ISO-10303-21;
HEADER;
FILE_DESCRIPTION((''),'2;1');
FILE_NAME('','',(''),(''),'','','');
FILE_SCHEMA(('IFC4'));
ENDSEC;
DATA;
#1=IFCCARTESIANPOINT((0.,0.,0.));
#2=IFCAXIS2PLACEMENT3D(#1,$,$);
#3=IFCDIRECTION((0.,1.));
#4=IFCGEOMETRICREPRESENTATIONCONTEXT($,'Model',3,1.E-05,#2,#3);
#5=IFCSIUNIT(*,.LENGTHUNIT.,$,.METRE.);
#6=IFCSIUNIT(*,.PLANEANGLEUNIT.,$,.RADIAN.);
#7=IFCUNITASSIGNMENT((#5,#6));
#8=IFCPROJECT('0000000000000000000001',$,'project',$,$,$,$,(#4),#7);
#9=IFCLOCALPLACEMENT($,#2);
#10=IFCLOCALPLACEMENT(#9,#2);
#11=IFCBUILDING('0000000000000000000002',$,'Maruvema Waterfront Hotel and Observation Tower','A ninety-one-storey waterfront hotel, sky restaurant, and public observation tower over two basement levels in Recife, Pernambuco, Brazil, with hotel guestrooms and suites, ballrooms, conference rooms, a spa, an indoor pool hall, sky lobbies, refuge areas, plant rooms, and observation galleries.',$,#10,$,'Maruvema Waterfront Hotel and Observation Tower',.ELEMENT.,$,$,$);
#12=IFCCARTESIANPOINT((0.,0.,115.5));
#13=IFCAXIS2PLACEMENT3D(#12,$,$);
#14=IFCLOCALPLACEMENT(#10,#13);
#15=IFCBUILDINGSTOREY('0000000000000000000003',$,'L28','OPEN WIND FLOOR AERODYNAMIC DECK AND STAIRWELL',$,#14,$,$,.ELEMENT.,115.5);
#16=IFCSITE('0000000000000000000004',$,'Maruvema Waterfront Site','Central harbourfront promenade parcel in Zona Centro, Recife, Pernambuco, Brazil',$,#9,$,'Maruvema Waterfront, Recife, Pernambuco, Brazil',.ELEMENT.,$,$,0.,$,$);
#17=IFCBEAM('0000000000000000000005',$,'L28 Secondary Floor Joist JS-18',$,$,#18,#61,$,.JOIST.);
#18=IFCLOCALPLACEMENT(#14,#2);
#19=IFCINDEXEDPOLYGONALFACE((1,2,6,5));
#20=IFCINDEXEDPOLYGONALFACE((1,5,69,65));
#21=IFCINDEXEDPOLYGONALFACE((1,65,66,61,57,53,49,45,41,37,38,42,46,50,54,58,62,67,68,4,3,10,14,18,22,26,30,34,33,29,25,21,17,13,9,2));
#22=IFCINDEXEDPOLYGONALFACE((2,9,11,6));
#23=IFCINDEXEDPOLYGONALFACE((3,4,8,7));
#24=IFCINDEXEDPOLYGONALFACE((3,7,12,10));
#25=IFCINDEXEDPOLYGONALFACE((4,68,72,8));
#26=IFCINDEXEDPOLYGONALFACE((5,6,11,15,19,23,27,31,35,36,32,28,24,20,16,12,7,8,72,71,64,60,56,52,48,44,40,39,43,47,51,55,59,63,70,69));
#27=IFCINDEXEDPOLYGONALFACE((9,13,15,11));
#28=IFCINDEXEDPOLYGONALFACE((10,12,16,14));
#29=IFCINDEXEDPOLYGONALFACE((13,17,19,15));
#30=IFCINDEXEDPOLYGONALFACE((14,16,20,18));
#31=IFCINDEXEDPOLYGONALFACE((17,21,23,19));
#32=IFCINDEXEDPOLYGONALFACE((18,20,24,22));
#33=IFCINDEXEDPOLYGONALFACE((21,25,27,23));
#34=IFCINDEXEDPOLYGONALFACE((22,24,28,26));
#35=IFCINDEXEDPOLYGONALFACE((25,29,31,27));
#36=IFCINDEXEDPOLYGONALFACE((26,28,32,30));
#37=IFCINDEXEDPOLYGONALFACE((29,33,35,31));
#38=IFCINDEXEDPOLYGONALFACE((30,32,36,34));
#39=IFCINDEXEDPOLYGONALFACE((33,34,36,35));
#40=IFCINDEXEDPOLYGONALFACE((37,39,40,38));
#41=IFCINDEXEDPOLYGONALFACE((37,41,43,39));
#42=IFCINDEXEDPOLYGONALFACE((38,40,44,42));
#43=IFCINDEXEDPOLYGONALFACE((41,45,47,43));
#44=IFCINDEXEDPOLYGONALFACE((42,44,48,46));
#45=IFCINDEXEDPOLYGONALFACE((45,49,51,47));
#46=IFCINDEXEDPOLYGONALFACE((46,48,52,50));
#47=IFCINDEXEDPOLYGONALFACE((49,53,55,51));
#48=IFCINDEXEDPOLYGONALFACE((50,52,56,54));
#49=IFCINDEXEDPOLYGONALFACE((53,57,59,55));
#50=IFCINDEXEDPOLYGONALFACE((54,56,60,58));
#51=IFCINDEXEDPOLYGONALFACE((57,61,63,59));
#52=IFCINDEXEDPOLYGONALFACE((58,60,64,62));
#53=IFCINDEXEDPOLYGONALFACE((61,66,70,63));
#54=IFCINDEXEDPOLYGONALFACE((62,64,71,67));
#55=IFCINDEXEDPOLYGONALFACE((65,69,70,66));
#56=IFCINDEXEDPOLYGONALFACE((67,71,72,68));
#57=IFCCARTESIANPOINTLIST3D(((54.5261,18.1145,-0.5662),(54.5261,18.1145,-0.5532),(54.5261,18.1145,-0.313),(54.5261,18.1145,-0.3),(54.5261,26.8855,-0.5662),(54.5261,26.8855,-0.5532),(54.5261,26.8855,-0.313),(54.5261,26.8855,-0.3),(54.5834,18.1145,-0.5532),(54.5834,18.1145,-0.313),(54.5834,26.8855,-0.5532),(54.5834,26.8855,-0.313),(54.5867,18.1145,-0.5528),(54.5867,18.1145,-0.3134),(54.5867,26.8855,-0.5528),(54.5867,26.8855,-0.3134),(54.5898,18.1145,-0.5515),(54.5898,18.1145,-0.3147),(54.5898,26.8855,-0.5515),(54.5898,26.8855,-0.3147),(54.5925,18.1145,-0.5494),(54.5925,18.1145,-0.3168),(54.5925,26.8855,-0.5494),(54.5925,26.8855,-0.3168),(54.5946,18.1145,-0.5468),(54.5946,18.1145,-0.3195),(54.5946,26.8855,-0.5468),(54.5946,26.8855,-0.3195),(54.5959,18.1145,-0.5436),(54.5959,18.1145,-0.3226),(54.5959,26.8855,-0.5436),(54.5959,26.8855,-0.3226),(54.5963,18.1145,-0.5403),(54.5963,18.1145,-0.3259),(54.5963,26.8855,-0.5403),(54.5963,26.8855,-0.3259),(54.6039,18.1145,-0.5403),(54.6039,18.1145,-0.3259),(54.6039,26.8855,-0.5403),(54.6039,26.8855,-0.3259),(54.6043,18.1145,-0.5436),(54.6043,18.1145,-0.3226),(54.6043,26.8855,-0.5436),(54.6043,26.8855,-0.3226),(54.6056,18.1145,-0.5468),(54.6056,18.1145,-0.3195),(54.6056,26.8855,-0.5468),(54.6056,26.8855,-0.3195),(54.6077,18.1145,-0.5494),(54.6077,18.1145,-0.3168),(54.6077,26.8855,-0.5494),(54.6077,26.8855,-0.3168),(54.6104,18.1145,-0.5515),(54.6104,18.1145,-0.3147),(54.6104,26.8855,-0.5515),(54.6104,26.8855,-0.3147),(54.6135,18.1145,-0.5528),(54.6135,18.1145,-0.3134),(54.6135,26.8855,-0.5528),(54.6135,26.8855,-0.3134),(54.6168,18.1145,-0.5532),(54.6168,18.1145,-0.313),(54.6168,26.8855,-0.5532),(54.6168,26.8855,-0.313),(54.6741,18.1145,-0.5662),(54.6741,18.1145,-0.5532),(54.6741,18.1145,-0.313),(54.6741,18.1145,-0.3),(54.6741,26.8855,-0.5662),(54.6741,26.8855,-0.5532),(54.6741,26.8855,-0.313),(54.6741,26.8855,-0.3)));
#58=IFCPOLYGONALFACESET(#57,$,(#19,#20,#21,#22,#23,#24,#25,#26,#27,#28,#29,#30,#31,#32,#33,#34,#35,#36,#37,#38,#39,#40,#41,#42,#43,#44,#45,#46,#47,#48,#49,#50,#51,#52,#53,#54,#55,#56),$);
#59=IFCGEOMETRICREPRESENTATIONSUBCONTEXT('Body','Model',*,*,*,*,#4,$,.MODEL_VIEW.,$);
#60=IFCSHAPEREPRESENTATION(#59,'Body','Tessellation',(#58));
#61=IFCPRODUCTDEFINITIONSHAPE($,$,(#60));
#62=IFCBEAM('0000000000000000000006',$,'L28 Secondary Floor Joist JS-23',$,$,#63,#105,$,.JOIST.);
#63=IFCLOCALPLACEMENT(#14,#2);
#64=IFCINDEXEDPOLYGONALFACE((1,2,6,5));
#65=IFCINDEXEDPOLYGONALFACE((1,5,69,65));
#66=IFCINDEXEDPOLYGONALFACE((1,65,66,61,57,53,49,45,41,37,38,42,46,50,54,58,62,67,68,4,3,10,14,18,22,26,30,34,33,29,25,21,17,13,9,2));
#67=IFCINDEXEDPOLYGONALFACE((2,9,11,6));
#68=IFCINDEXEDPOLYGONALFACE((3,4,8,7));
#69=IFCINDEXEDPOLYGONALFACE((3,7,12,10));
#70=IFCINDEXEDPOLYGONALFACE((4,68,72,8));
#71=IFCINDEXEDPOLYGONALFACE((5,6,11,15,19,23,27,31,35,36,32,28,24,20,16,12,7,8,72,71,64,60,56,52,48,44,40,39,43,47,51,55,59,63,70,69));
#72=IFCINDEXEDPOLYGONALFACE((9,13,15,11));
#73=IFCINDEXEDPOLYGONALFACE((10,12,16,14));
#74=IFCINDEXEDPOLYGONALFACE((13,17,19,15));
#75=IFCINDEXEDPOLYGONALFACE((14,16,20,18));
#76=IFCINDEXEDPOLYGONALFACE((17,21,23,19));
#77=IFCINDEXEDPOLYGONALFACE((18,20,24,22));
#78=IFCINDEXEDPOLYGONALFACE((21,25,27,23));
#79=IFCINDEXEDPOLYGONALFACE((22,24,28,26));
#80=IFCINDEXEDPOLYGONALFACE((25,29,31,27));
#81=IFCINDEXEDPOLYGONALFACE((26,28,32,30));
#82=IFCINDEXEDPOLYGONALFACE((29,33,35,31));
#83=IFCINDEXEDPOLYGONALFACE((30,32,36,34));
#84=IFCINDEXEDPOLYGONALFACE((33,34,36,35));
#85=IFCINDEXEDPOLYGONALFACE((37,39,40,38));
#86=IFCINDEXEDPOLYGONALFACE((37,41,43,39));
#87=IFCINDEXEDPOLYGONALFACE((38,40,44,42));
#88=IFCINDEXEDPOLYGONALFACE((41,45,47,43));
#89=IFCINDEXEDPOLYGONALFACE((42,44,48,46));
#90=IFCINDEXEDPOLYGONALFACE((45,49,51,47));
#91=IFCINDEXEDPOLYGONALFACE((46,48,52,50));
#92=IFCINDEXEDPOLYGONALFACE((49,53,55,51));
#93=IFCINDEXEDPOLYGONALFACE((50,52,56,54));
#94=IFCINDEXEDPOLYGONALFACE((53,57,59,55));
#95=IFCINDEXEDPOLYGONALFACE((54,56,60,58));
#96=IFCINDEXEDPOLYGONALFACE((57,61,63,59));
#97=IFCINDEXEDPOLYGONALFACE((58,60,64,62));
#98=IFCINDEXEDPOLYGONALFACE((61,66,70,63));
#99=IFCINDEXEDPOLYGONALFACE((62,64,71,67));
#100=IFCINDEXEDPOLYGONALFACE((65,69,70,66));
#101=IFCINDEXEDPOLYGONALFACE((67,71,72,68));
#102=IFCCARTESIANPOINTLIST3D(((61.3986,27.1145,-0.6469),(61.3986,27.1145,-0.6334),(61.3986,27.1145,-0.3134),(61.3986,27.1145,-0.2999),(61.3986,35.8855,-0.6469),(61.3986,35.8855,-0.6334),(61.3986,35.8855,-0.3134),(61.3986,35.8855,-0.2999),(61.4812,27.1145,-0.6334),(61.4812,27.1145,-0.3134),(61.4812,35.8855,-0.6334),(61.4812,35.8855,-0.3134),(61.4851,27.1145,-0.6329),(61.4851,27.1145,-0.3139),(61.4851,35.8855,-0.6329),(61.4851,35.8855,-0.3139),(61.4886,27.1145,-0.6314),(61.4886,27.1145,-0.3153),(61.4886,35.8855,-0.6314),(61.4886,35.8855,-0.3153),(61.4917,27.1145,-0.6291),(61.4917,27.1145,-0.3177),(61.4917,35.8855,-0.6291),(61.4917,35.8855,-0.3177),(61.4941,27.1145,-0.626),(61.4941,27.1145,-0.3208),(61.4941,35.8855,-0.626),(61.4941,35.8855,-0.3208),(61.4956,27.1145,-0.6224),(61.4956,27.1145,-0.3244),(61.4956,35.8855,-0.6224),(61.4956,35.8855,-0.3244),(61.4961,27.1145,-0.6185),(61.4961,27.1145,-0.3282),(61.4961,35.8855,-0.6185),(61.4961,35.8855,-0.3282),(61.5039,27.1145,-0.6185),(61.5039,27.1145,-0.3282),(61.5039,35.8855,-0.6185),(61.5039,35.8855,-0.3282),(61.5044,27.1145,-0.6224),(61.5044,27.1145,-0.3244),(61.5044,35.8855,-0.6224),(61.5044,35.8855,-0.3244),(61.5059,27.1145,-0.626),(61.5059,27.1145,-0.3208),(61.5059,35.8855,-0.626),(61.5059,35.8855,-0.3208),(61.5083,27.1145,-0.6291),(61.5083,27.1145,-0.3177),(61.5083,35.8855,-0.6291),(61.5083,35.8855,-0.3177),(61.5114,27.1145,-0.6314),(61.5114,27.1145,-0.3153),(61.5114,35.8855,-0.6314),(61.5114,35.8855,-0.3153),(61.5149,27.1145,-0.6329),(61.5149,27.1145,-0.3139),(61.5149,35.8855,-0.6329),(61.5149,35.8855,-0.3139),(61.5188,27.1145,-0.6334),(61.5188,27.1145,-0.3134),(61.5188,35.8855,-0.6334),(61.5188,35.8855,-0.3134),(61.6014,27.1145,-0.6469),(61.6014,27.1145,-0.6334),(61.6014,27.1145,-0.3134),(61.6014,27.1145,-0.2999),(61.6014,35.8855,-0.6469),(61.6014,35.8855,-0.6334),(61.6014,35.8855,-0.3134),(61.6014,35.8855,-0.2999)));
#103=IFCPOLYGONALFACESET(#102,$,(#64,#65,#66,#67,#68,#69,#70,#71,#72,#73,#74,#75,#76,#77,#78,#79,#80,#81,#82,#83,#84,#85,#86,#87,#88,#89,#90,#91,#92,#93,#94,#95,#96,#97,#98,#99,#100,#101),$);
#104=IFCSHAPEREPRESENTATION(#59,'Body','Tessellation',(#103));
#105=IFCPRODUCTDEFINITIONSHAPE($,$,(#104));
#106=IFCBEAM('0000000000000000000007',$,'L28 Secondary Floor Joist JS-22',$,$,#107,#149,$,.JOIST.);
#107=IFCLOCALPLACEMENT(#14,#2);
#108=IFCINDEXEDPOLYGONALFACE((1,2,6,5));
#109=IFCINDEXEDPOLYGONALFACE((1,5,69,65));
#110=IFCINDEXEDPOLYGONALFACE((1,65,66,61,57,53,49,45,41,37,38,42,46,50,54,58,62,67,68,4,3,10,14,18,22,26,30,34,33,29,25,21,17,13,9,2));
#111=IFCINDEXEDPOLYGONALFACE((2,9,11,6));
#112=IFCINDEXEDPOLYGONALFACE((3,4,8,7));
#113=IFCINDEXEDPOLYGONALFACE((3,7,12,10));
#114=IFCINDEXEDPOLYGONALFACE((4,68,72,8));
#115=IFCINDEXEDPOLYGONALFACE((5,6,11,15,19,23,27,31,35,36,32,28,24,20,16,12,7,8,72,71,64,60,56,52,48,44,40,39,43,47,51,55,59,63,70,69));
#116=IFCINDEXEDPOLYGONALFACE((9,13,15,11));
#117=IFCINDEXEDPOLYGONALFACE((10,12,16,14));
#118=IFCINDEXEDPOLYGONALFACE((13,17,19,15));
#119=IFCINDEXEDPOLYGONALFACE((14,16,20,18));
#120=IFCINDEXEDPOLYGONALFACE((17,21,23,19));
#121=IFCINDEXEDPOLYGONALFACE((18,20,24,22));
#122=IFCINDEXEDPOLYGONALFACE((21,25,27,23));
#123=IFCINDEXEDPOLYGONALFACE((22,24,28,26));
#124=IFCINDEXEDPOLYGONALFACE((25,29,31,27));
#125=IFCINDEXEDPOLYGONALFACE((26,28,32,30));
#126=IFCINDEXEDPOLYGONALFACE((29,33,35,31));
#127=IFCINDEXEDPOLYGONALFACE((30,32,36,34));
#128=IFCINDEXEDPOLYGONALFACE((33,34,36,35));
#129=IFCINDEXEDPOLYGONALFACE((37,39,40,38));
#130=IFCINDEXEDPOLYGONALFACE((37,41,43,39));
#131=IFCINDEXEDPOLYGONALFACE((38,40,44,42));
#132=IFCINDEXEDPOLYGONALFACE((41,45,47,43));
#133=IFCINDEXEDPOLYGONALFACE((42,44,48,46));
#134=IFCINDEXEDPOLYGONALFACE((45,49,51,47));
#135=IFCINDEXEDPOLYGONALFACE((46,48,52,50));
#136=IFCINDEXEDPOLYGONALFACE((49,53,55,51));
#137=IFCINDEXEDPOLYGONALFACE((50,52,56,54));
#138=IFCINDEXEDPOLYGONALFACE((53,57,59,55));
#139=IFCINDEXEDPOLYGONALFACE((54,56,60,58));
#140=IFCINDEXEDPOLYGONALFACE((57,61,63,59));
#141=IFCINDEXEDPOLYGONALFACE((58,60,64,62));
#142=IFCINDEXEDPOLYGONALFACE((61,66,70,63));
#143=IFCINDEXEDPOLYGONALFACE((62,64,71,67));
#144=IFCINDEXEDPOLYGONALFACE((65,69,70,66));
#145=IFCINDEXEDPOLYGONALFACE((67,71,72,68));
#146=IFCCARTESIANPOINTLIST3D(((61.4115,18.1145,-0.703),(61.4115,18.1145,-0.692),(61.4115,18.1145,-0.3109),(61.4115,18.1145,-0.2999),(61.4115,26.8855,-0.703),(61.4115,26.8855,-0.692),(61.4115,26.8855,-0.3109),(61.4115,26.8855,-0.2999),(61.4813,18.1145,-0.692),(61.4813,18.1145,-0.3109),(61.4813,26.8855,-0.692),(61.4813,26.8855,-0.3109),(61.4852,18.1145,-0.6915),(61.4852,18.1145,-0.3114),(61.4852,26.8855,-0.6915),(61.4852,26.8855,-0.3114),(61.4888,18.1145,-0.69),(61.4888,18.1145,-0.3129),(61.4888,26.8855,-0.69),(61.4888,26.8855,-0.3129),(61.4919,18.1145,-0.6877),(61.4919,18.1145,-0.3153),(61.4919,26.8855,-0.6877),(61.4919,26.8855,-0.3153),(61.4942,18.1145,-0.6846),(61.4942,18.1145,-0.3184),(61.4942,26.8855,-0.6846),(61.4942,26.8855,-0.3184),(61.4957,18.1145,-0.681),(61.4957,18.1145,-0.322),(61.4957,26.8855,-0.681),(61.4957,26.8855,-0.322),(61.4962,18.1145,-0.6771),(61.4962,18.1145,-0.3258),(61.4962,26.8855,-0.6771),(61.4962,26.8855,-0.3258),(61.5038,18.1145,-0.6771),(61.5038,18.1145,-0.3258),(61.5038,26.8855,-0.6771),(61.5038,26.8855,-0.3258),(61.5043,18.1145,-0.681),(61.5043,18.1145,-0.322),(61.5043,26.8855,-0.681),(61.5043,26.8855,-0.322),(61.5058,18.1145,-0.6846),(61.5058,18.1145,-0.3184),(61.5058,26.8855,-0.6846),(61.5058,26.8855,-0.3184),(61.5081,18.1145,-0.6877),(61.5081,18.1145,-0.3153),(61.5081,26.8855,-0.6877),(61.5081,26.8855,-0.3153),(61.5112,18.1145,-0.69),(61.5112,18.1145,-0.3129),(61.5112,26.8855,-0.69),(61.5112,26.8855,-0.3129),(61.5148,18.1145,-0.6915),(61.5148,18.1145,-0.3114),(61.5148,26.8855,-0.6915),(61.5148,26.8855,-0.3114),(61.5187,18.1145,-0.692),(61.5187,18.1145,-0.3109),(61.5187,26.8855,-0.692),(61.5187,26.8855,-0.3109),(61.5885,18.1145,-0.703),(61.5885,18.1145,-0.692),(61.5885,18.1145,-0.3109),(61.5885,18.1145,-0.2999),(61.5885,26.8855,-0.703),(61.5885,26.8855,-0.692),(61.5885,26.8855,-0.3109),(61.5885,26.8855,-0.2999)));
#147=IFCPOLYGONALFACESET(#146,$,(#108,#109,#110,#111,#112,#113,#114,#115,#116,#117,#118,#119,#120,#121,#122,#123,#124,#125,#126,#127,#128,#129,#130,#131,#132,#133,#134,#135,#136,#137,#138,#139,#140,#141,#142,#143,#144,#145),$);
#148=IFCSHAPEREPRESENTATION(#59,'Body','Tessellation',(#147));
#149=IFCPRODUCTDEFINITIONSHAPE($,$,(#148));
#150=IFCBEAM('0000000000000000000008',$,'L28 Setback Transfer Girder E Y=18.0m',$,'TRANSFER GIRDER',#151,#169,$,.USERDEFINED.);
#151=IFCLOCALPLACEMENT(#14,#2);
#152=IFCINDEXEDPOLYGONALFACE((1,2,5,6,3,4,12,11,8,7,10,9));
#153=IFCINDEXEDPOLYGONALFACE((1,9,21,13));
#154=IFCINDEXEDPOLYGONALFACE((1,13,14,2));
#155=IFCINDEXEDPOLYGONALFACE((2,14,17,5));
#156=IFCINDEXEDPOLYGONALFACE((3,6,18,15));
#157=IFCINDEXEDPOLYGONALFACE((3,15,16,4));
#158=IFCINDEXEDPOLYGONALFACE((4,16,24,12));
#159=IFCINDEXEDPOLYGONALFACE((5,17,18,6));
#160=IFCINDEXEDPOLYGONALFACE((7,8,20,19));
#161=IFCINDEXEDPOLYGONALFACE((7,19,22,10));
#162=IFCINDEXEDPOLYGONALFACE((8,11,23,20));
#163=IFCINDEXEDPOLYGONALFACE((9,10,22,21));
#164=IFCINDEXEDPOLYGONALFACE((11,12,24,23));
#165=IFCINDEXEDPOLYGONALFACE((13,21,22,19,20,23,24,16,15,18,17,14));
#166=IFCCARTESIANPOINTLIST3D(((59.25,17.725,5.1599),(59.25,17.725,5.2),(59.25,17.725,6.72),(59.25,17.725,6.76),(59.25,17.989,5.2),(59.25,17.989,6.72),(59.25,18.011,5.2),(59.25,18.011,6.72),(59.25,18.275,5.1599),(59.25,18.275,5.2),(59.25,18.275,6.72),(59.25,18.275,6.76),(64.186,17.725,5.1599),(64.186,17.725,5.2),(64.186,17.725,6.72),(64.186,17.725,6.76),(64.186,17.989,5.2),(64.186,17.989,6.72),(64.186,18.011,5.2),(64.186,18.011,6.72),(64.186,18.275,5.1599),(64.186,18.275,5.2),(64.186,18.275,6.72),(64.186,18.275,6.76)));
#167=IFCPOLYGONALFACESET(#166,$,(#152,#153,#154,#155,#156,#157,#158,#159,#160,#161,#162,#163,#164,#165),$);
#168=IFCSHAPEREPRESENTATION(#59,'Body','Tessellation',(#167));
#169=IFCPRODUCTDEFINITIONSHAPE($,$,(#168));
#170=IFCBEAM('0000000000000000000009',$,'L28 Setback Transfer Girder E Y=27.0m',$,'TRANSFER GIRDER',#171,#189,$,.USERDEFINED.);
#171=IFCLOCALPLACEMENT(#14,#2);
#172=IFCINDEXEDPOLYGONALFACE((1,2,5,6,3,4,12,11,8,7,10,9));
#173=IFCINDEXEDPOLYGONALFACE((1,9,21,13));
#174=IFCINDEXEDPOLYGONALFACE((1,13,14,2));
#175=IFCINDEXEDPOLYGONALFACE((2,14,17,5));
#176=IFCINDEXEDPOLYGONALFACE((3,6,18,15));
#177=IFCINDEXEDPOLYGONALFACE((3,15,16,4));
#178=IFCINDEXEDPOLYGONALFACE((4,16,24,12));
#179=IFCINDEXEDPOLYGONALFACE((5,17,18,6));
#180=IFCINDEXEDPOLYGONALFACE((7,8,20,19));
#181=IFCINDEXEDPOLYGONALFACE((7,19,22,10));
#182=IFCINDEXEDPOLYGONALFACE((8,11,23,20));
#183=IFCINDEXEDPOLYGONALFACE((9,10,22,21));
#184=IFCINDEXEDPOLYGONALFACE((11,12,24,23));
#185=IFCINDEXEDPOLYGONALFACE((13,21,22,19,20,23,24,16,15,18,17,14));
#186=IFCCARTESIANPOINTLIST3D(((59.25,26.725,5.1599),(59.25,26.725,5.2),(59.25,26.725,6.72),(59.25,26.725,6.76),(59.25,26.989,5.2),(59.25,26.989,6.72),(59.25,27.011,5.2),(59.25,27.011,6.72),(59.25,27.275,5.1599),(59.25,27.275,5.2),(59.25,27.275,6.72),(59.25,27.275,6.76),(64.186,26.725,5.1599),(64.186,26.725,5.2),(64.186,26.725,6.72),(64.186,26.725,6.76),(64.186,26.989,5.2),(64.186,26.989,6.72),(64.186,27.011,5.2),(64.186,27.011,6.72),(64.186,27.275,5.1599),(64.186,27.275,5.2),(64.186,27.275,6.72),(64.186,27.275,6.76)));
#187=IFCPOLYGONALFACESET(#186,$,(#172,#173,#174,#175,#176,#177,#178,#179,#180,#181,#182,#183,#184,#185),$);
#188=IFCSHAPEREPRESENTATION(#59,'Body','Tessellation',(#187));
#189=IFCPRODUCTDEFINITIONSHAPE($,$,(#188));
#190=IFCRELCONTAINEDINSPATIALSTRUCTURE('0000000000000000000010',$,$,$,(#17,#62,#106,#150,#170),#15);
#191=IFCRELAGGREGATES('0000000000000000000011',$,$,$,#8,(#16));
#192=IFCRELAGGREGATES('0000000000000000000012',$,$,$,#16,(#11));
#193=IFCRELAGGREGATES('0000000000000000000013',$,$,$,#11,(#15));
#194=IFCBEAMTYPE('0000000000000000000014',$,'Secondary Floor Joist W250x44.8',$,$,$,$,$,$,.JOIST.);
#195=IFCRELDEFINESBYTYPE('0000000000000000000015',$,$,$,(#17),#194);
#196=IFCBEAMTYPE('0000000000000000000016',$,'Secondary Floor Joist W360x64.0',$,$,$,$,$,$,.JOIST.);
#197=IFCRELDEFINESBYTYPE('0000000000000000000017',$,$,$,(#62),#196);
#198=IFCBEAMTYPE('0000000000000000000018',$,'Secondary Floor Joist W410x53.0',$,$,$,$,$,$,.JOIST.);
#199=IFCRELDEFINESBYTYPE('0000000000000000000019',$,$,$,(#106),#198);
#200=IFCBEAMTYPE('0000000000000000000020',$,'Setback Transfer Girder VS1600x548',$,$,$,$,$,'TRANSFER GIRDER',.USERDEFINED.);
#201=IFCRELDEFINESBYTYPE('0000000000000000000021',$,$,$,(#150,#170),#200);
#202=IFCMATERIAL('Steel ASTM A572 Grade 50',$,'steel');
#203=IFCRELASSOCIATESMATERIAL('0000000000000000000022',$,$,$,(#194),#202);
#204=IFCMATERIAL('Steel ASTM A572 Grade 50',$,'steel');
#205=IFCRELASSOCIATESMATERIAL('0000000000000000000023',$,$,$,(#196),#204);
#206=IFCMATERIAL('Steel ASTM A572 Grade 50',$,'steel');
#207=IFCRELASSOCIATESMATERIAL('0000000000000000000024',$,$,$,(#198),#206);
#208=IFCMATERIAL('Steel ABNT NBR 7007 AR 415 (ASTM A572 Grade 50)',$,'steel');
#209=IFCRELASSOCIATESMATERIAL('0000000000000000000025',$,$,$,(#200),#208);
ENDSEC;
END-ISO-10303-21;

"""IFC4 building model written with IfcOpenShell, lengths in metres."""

from ifc_helpers import new_model, si_unit, direction, frame, origin, origin_2d, place, context, subcontext, project, spatial, i_section, extrude, material, material_profile, profile_set, type_object, element, save


model = new_model("IFC4")

# Units and contexts
model_context = context("Model", 3, precision=1e-05, world=origin(), true_north=direction((0.0, 1.0)))
body_context = subcontext(model_context, "Body", "Model", "MODEL_VIEW")
ifc_project = project(units=[si_unit("LENGTHUNIT", "METRE"), si_unit("PLANEANGLEUNIT", "RADIAN")], contexts=[model_context])

# Site, building, storey
site_placement = place(None, origin())
site = spatial("IfcSite", under=ifc_project, at=site_placement, Name="Maruvema Waterfront Site", Description="Central harbourfront promenade parcel in Zona Centro, Recife, Pernambuco, Brazil", LongName="Maruvema Waterfront, Recife, Pernambuco, Brazil", CompositionType="ELEMENT", RefElevation=0.0)
building_placement = place(site_placement, origin())
building = spatial("IfcBuilding", under=site, at=building_placement, Name="Maruvema Waterfront Hotel and Observation Tower", Description="A ninety-one-storey waterfront hotel, sky restaurant, and public observation tower over two basement levels in Recife, Pernambuco, Brazil, with hotel guestrooms and suites, ballrooms, conference rooms, a spa, an indoor pool hall, sky lobbies, refuge areas, plant rooms, and observation galleries.", LongName="Maruvema Waterfront Hotel and Observation Tower", CompositionType="ELEMENT")
storey_placement = place(building_placement, frame((0.0, 0.0, 115.5)))
storey = spatial("IfcBuildingStorey", under=building, at=storey_placement, Name="L28", Description="OPEN WIND FLOOR AERODYNAMIC DECK AND STAIRWELL", CompositionType="ELEMENT", Elevation=115.5)

# Beams
ifc_material_1 = material(Name="Steel ASTM A572 Grade 50", Category="steel")
ifc_material_profile_1 = material_profile(ifc_material_1, i_section(OverallWidth=0.1479, OverallDepth=0.2661, WebThickness=0.0076, FlangeThickness=0.0129, FilletRadius=0.0129, at=origin_2d()), Name="W250x44.8")
ifc_profile_set_1 = profile_set([ifc_material_profile_1], Name="Steel ASTM A572 Grade 50")
beam_type_1 = type_object("IfcBeamType", Name="Secondary Floor Joist W250x44.8", PredefinedType="JOIST", material=ifc_profile_set_1)
beam_1_placement = place(storey_placement, frame((54.6001, 18.1145, -0.4331), z_axis=(0.0, 1.0, 0.0), x_axis=(-1.0, 0.0, 0.0)))
element("IfcBeam", 1, at=beam_1_placement, inside=storey, type_object=beam_type_1, Name="L28 Secondary Floor Joist JS-18", PredefinedType="JOIST", context=body_context, shape_type="SweptSolid", body=[
    extrude(i_section(OverallWidth=0.1479, OverallDepth=0.2661, WebThickness=0.0076, FlangeThickness=0.0129, FilletRadius=0.0129, at=origin_2d()), origin(), (0.0, 0.0, 1.0), 8.771),
])
ifc_material_2 = material(Name="Steel ASTM A572 Grade 50", Category="steel")
ifc_material_profile_2 = material_profile(ifc_material_2, i_section(OverallWidth=0.2029, OverallDepth=0.3469, WebThickness=0.0078, FlangeThickness=0.0134, FilletRadius=0.0149, at=origin_2d()), Name="W360x64.0")
ifc_profile_set_2 = profile_set([ifc_material_profile_2], Name="Steel ASTM A572 Grade 50")
beam_type_2 = type_object("IfcBeamType", Name="Secondary Floor Joist W360x64.0", PredefinedType="JOIST", material=ifc_profile_set_2)
beam_2_placement = place(storey_placement, frame((61.5, 27.1145, -0.4734), z_axis=(0.0, 1.0, 0.0), x_axis=(-1.0, 0.0, 0.0)))
element("IfcBeam", 2, at=beam_2_placement, inside=storey, type_object=beam_type_2, Name="L28 Secondary Floor Joist JS-23", PredefinedType="JOIST", context=body_context, shape_type="SweptSolid", body=[
    extrude(i_section(OverallWidth=0.2029, OverallDepth=0.3469, WebThickness=0.0078, FlangeThickness=0.0134, FilletRadius=0.0149, at=origin_2d()), origin(), (0.0, 0.0, 1.0), 8.771),
])
ifc_material_3 = material(Name="Steel ASTM A572 Grade 50", Category="steel")
ifc_material_profile_3 = material_profile(ifc_material_3, i_section(OverallWidth=0.177, OverallDepth=0.4031, WebThickness=0.0076, FlangeThickness=0.011, FilletRadius=0.0149, at=origin_2d()), Name="W410x53.0")
ifc_profile_set_3 = profile_set([ifc_material_profile_3], Name="Steel ASTM A572 Grade 50")
beam_type_3 = type_object("IfcBeamType", Name="Secondary Floor Joist W410x53.0", PredefinedType="JOIST", material=ifc_profile_set_3)
beam_3_placement = place(storey_placement, frame((61.5, 18.1145, -0.5015), z_axis=(0.0, 1.0, 0.0), x_axis=(-1.0, 0.0, 0.0)))
element("IfcBeam", 3, at=beam_3_placement, inside=storey, type_object=beam_type_3, Name="L28 Secondary Floor Joist JS-22", PredefinedType="JOIST", context=body_context, shape_type="SweptSolid", body=[
    extrude(i_section(OverallWidth=0.177, OverallDepth=0.4031, WebThickness=0.0076, FlangeThickness=0.011, FilletRadius=0.0149, at=origin_2d()), origin(), (0.0, 0.0, 1.0), 8.771),
])
ifc_material_4 = material(Name="Steel ABNT NBR 7007 AR 415 (ASTM A572 Grade 50)", Category="steel")
ifc_material_profile_4 = material_profile(ifc_material_4, i_section(OverallWidth=0.55, OverallDepth=1.6001, WebThickness=0.022, FlangeThickness=0.04, at=origin_2d()), Name="VS1600x548")
ifc_profile_set_4 = profile_set([ifc_material_profile_4], Name="Steel ABNT NBR 7007 AR 415 (ASTM A572 Grade 50)")
beam_type_4 = type_object("IfcBeamType", Name="Setback Transfer Girder VS1600x548", ElementType="TRANSFER GIRDER", PredefinedType="USERDEFINED", material=ifc_profile_set_4)
for number, where, z_axis, x_axis, name in (
    (4, (59.25, 18.0, 5.96), (1.0, 0.0, 0.0), (0.0, 1.0, 0.0), "L28 Setback Transfer Girder E Y=18.0m"),
    (5, (59.25, 27.0, 5.96), (1.0, 0.0, 0.0), (0.0, 1.0, 0.0), "L28 Setback Transfer Girder E Y=27.0m"),
):
    element("IfcBeam", number, at=place(storey_placement, frame(where, z_axis=z_axis, x_axis=x_axis)), inside=storey, type_object=beam_type_4, Name=name, ObjectType="TRANSFER GIRDER", PredefinedType="USERDEFINED", context=body_context, shape_type="SweptSolid", body=[
        extrude(i_section(OverallWidth=0.55, OverallDepth=1.6001, WebThickness=0.022, FlangeThickness=0.04, at=origin_2d()), origin(), (0.0, 0.0, 1.0), 4.936),
    ])

save(model, "model.ifc")
